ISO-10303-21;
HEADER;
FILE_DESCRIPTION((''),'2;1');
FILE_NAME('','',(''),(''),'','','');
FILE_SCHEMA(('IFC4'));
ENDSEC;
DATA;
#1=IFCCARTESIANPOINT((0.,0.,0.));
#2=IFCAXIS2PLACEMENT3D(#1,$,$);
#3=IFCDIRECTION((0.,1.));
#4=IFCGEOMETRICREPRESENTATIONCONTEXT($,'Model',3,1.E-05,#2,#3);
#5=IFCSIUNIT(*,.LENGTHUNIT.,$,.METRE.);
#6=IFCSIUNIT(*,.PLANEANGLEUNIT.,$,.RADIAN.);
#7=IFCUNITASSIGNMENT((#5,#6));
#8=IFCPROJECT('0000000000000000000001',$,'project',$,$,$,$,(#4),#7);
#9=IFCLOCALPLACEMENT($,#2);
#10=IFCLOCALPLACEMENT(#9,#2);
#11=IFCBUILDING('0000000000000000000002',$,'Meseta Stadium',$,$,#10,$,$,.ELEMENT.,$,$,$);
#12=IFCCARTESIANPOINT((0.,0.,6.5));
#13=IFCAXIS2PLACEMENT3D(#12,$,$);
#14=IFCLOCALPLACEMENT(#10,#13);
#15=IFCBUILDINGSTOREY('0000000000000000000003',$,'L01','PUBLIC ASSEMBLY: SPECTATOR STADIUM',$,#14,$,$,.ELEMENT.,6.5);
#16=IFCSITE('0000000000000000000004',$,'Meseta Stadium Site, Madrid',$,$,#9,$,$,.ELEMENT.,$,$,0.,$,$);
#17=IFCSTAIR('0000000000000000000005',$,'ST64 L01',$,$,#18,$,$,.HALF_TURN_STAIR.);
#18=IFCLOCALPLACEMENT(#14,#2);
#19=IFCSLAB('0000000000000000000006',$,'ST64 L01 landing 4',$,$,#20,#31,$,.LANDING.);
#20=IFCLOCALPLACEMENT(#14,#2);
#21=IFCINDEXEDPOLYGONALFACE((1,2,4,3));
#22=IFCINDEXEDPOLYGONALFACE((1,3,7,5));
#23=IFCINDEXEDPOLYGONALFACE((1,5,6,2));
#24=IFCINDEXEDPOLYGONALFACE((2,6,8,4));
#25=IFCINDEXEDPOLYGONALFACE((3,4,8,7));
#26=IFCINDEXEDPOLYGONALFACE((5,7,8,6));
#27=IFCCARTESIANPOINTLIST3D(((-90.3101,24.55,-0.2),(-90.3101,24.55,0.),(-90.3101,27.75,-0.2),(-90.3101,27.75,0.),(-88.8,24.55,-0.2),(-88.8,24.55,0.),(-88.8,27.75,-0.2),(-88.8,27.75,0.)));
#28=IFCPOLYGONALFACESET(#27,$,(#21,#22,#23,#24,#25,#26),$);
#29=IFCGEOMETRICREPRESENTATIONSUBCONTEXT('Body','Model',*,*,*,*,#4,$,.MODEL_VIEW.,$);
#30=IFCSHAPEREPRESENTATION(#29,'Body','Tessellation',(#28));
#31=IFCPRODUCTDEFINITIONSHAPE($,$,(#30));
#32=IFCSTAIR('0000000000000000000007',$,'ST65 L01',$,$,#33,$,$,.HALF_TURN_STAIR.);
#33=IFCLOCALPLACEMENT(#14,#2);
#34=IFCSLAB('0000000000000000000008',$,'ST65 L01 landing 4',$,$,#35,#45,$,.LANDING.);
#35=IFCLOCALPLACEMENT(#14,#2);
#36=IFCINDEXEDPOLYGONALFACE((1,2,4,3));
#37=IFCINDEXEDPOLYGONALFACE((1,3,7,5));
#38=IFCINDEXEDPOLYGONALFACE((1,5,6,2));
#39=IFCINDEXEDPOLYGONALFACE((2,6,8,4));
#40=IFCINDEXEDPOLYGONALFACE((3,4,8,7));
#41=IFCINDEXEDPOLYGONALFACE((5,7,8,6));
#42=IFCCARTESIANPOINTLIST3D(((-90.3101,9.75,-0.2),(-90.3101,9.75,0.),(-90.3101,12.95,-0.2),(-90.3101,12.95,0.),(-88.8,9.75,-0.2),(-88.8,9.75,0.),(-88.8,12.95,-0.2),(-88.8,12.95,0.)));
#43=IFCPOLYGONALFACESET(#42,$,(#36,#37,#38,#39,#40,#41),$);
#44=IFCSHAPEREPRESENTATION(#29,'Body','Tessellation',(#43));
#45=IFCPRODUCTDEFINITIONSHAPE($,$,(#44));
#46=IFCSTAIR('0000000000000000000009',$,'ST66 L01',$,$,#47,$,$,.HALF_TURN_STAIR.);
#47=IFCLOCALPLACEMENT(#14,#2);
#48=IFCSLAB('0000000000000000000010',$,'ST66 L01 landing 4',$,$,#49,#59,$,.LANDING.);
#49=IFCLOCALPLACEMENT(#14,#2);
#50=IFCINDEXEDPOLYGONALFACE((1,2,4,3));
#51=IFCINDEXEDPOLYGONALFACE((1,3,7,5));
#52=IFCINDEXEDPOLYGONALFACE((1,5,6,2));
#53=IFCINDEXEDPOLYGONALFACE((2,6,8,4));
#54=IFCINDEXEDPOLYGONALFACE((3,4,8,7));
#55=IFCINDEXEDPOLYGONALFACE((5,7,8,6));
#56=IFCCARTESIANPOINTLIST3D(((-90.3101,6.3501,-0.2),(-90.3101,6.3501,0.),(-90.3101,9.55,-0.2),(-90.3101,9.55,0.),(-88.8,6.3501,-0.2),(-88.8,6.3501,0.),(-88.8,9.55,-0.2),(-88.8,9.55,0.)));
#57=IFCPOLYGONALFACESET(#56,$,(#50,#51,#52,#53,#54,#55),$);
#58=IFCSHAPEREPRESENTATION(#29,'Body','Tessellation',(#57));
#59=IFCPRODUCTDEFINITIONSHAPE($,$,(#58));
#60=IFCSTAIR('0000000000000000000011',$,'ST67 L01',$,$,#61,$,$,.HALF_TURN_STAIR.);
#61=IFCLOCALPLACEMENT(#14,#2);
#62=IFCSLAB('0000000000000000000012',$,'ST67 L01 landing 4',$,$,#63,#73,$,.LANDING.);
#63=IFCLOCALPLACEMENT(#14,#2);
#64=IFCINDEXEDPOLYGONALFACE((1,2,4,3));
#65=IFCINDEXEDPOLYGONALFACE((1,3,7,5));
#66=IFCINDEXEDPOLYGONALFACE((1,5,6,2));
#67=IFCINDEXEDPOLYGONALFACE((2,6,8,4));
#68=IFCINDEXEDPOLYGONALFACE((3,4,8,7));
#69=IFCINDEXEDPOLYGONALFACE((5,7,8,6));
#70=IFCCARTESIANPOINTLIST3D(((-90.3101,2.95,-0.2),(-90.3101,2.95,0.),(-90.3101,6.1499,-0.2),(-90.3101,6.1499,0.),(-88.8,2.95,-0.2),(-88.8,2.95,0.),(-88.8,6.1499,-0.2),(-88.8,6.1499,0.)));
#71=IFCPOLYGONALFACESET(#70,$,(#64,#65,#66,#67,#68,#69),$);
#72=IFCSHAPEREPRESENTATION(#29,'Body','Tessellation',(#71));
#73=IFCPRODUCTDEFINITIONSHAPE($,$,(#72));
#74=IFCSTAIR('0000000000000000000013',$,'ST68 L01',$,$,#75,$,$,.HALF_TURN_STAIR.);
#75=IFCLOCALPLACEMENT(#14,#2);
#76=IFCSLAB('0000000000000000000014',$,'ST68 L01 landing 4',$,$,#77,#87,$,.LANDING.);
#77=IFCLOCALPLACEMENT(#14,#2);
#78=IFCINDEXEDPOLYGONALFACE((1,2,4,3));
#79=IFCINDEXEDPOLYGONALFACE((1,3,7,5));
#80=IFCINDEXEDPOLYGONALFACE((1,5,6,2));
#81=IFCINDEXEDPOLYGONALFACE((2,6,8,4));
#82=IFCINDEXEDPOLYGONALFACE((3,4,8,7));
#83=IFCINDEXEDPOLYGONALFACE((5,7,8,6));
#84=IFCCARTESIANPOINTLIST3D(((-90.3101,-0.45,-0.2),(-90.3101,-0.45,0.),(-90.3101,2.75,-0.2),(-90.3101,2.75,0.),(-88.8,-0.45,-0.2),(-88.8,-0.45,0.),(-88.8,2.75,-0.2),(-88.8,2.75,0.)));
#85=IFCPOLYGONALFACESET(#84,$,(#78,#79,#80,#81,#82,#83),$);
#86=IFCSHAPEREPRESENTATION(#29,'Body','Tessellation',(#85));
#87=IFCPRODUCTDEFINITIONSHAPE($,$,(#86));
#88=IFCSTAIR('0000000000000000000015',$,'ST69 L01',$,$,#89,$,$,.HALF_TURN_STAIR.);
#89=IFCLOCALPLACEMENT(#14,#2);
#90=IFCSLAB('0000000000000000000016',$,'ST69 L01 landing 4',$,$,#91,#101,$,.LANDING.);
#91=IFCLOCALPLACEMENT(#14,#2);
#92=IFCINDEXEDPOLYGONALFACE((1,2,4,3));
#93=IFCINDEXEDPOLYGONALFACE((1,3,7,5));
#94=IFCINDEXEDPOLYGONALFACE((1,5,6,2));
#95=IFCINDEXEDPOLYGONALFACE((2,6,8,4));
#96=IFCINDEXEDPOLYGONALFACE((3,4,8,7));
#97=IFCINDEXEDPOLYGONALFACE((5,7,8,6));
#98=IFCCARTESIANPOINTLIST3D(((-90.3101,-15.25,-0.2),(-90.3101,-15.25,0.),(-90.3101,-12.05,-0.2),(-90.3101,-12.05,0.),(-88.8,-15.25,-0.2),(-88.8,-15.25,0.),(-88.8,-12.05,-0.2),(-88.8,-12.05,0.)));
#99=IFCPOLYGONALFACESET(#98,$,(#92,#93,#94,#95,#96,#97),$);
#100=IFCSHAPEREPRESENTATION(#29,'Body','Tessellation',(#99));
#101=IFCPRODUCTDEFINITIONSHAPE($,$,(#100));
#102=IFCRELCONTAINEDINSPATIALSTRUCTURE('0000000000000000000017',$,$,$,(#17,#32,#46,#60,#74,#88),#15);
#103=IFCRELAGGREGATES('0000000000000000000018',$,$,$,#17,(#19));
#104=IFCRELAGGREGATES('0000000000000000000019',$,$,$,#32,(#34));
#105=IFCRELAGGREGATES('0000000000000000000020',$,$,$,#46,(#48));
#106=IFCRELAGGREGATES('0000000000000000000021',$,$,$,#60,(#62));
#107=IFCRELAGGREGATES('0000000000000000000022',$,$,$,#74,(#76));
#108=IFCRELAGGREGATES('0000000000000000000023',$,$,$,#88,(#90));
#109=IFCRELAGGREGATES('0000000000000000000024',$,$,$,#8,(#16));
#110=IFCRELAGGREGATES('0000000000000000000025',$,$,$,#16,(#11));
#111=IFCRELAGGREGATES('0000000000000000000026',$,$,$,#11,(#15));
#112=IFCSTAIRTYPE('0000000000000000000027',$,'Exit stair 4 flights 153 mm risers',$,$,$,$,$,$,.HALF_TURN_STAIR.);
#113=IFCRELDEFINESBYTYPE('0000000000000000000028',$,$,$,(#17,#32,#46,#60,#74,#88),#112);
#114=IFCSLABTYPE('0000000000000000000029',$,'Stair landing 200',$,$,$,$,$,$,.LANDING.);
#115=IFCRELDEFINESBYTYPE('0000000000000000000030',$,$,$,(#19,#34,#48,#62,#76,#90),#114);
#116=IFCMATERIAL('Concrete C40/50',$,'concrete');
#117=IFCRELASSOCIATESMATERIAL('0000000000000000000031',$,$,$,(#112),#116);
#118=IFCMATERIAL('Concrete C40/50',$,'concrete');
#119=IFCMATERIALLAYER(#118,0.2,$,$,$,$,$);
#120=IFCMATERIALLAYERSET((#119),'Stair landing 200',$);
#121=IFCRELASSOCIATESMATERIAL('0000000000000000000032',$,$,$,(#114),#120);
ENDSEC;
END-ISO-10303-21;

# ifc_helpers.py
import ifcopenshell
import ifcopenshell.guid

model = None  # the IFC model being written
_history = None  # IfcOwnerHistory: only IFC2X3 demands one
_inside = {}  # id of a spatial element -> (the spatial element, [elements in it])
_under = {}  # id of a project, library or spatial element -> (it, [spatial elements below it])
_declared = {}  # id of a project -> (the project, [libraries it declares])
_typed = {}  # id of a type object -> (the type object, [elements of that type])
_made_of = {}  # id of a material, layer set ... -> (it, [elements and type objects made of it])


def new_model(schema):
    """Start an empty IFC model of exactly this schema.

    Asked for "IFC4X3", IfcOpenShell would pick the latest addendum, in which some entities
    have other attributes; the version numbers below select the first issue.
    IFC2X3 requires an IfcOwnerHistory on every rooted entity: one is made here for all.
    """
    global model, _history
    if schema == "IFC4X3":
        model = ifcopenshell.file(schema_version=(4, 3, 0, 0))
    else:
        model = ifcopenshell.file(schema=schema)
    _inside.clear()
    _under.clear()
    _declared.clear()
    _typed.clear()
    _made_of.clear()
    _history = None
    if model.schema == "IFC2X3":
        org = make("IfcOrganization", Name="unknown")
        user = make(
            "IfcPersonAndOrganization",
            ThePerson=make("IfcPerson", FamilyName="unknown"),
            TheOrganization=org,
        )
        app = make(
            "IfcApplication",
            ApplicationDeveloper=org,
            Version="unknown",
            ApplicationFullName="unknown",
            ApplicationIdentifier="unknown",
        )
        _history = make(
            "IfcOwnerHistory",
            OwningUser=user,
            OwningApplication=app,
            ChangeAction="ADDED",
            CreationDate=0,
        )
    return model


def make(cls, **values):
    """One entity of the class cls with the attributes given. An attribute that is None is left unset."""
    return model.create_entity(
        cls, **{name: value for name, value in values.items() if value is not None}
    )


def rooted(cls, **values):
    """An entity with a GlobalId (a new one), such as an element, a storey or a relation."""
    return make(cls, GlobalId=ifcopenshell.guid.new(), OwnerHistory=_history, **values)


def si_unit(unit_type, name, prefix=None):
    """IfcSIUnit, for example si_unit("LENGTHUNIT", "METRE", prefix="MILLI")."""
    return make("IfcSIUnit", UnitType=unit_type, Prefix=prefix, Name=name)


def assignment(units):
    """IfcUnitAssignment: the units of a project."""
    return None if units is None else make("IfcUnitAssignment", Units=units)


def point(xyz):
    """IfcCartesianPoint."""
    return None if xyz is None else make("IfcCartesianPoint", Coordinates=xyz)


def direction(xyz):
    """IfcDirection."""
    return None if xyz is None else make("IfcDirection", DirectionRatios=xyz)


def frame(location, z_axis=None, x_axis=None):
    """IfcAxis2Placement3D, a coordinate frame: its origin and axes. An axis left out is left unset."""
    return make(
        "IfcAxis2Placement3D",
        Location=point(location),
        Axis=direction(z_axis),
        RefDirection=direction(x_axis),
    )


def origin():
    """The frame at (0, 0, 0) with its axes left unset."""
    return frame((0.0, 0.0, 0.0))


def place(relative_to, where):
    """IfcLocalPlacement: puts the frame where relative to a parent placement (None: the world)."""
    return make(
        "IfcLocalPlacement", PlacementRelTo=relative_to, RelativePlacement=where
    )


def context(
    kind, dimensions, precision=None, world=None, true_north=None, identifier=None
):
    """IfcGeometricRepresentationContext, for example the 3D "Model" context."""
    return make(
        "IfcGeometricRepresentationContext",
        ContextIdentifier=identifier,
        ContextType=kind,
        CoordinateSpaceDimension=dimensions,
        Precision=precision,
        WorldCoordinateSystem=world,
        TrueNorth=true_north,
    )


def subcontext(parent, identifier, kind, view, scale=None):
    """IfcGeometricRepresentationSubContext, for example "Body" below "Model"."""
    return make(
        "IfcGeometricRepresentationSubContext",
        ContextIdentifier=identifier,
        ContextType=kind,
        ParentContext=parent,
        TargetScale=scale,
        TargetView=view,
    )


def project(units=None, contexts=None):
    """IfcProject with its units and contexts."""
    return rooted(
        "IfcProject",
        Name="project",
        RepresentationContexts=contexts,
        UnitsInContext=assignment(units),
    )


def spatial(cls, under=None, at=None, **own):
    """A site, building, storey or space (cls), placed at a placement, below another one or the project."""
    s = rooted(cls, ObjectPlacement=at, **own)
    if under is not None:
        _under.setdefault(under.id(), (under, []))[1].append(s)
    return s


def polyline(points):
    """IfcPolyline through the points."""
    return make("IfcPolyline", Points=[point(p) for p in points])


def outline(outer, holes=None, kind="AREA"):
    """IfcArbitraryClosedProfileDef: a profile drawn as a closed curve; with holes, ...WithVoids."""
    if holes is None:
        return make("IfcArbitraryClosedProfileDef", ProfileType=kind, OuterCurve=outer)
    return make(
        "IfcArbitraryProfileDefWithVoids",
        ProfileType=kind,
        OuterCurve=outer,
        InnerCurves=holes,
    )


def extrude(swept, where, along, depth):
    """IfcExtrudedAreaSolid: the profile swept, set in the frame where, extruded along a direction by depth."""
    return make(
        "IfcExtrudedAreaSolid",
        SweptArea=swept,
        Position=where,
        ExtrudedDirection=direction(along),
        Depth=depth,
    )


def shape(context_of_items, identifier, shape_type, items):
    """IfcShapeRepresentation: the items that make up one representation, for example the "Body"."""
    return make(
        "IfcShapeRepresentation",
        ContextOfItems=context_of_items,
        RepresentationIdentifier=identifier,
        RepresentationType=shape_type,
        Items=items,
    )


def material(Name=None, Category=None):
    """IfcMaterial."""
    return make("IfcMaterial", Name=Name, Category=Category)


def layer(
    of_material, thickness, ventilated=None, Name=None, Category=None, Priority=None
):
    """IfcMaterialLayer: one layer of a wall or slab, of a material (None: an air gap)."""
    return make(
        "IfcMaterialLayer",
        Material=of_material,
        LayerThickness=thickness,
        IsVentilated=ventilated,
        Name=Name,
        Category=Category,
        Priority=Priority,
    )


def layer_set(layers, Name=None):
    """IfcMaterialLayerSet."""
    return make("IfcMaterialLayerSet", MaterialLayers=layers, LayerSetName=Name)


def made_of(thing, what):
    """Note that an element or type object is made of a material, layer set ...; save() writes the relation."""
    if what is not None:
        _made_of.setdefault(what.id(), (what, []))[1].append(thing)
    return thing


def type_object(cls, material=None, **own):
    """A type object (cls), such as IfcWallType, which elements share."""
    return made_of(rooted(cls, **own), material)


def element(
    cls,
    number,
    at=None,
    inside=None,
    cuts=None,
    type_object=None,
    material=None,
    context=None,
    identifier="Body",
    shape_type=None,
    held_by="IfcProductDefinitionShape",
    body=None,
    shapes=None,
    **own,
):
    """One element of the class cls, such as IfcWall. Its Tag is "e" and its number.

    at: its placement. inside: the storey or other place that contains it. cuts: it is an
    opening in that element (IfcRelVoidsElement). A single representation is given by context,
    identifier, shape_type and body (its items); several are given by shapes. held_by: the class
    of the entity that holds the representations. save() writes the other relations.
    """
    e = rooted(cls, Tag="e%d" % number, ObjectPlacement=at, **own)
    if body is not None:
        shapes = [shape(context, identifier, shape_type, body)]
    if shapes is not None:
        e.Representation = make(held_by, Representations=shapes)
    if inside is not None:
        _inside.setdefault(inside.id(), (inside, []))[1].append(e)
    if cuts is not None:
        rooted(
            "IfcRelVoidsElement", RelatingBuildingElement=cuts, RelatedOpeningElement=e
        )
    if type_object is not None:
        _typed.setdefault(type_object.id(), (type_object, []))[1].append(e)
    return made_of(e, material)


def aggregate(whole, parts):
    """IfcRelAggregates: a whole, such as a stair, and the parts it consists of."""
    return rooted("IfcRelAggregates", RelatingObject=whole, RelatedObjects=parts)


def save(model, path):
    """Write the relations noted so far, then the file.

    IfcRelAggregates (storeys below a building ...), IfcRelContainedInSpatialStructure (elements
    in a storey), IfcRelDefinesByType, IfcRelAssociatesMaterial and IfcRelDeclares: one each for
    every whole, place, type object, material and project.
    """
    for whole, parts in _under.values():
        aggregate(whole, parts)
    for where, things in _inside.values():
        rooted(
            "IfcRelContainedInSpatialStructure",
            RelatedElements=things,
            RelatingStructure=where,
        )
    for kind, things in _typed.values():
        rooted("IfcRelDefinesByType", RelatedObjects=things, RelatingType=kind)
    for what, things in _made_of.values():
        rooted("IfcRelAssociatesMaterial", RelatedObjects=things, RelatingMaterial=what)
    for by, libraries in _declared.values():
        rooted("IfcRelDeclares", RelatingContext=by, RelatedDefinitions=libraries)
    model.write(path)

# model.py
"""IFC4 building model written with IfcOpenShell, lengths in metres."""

from ifc_helpers import new_model, si_unit, direction, frame, origin, place, context, subcontext, project, spatial, polyline, outline, extrude, material, layer, layer_set, type_object, element, aggregate, save


model = new_model("IFC4")

# Units and contexts
model_context = context("Model", 3, precision=1e-05, world=origin(), true_north=direction((0.0, 1.0)))
body_context = subcontext(model_context, "Body", "Model", "MODEL_VIEW")
ifc_project = project(units=[si_unit("LENGTHUNIT", "METRE"), si_unit("PLANEANGLEUNIT", "RADIAN")], contexts=[model_context])

# Site, building, storey
site_placement = place(None, origin())
site = spatial("IfcSite", under=ifc_project, at=site_placement, Name="Meseta Stadium Site, Madrid", CompositionType="ELEMENT", RefElevation=0.0)
building_placement = place(site_placement, origin())
building = spatial("IfcBuilding", under=site, at=building_placement, Name="Meseta Stadium", CompositionType="ELEMENT")
storey_placement = place(building_placement, frame((0.0, 0.0, 6.5)))
storey = spatial("IfcBuildingStorey", under=building, at=storey_placement, Name="L01", Description="PUBLIC ASSEMBLY: SPECTATOR STADIUM", CompositionType="ELEMENT", Elevation=6.5)

# Stairs, slabs
ifc_material_1 = material(Name="Concrete C40/50", Category="concrete")
stair_type = type_object("IfcStairType", Name="Exit stair 4 flights 153 mm risers", PredefinedType="HALF_TURN_STAIR", material=ifc_material_1)
ifc_material_2 = material(Name="Concrete C40/50", Category="concrete")
ifc_layer = layer(ifc_material_2, 0.2)
ifc_layer_set = layer_set([ifc_layer], Name="Stair landing 200")
slab_type = type_object("IfcSlabType", Name="Stair landing 200", PredefinedType="LANDING", material=ifc_layer_set)
stair_1_placement = place(storey_placement, origin())
stair_1 = element("IfcStair", 1, at=stair_1_placement, inside=storey, type_object=stair_type, Name="ST64 L01", PredefinedType="HALF_TURN_STAIR")
slab_1_placement = place(storey_placement, frame((0.0, 0.0, -0.2)))
slab_1 = element("IfcSlab", 2, at=slab_1_placement, type_object=slab_type, Name="ST64 L01 landing 4", PredefinedType="LANDING", context=body_context, shape_type="SweptSolid", body=[
    extrude(outline(polyline([(-88.8, 27.75), (-90.3101, 27.75), (-90.3101, 24.55), (-88.8, 24.55), (-88.8, 27.75)])), origin(), (0.0, 0.0, 1.0), 0.2),
])
aggregate(stair_1, [slab_1])
stair_2_placement = place(storey_placement, origin())
stair_2 = element("IfcStair", 3, at=stair_2_placement, inside=storey, type_object=stair_type, Name="ST65 L01", PredefinedType="HALF_TURN_STAIR")
slab_2_placement = place(storey_placement, frame((0.0, 0.0, -0.2)))
slab_2 = element("IfcSlab", 4, at=slab_2_placement, type_object=slab_type, Name="ST65 L01 landing 4", PredefinedType="LANDING", context=body_context, shape_type="SweptSolid", body=[
    extrude(outline(polyline([(-88.8, 12.95), (-90.3101, 12.95), (-90.3101, 9.75), (-88.8, 9.75), (-88.8, 12.95)])), origin(), (0.0, 0.0, 1.0), 0.2),
])
aggregate(stair_2, [slab_2])
stair_3_placement = place(storey_placement, origin())
stair_3 = element("IfcStair", 5, at=stair_3_placement, inside=storey, type_object=stair_type, Name="ST66 L01", PredefinedType="HALF_TURN_STAIR")
slab_3_placement = place(storey_placement, frame((0.0, 0.0, -0.2)))
slab_3 = element("IfcSlab", 6, at=slab_3_placement, type_object=slab_type, Name="ST66 L01 landing 4", PredefinedType="LANDING", context=body_context, shape_type="SweptSolid", body=[
    extrude(outline(polyline([(-88.8, 9.55), (-90.3101, 9.55), (-90.3101, 6.3501), (-88.8, 6.3501), (-88.8, 9.55)])), origin(), (0.0, 0.0, 1.0), 0.2),
])
aggregate(stair_3, [slab_3])
stair_4_placement = place(storey_placement, origin())
stair_4 = element("IfcStair", 7, at=stair_4_placement, inside=storey, type_object=stair_type, Name="ST67 L01", PredefinedType="HALF_TURN_STAIR")
slab_4_placement = place(storey_placement, frame((0.0, 0.0, -0.2)))
slab_4 = element("IfcSlab", 8, at=slab_4_placement, type_object=slab_type, Name="ST67 L01 landing 4", PredefinedType="LANDING", context=body_context, shape_type="SweptSolid", body=[
    extrude(outline(polyline([(-88.8, 6.1499), (-90.3101, 6.1499), (-90.3101, 2.95), (-88.8, 2.95), (-88.8, 6.1499)])), origin(), (0.0, 0.0, 1.0), 0.2),
])
aggregate(stair_4, [slab_4])
stair_5_placement = place(storey_placement, origin())
stair_5 = element("IfcStair", 9, at=stair_5_placement, inside=storey, type_object=stair_type, Name="ST68 L01", PredefinedType="HALF_TURN_STAIR")
slab_5_placement = place(storey_placement, frame((0.0, 0.0, -0.2)))
slab_5 = element("IfcSlab", 10, at=slab_5_placement, type_object=slab_type, Name="ST68 L01 landing 4", PredefinedType="LANDING", context=body_context, shape_type="SweptSolid", body=[
    extrude(outline(polyline([(-88.8, 2.75), (-90.3101, 2.75), (-90.3101, -0.45), (-88.8, -0.45), (-88.8, 2.75)])), origin(), (0.0, 0.0, 1.0), 0.2),
])
aggregate(stair_5, [slab_5])
stair_6_placement = place(storey_placement, origin())
stair_6 = element("IfcStair", 11, at=stair_6_placement, inside=storey, type_object=stair_type, Name="ST69 L01", PredefinedType="HALF_TURN_STAIR")
slab_6_placement = place(storey_placement, frame((0.0, 0.0, -0.2)))
slab_6 = element("IfcSlab", 12, at=slab_6_placement, type_object=slab_type, Name="ST69 L01 landing 4", PredefinedType="LANDING", context=body_context, shape_type="SweptSolid", body=[
    extrude(outline(polyline([(-88.8, -12.05), (-90.3101, -12.05), (-90.3101, -15.25), (-88.8, -15.25), (-88.8, -12.05)])), origin(), (0.0, 0.0, 1.0), 0.2),
])
aggregate(stair_6, [slab_6])

save(model, "model.ifc")
